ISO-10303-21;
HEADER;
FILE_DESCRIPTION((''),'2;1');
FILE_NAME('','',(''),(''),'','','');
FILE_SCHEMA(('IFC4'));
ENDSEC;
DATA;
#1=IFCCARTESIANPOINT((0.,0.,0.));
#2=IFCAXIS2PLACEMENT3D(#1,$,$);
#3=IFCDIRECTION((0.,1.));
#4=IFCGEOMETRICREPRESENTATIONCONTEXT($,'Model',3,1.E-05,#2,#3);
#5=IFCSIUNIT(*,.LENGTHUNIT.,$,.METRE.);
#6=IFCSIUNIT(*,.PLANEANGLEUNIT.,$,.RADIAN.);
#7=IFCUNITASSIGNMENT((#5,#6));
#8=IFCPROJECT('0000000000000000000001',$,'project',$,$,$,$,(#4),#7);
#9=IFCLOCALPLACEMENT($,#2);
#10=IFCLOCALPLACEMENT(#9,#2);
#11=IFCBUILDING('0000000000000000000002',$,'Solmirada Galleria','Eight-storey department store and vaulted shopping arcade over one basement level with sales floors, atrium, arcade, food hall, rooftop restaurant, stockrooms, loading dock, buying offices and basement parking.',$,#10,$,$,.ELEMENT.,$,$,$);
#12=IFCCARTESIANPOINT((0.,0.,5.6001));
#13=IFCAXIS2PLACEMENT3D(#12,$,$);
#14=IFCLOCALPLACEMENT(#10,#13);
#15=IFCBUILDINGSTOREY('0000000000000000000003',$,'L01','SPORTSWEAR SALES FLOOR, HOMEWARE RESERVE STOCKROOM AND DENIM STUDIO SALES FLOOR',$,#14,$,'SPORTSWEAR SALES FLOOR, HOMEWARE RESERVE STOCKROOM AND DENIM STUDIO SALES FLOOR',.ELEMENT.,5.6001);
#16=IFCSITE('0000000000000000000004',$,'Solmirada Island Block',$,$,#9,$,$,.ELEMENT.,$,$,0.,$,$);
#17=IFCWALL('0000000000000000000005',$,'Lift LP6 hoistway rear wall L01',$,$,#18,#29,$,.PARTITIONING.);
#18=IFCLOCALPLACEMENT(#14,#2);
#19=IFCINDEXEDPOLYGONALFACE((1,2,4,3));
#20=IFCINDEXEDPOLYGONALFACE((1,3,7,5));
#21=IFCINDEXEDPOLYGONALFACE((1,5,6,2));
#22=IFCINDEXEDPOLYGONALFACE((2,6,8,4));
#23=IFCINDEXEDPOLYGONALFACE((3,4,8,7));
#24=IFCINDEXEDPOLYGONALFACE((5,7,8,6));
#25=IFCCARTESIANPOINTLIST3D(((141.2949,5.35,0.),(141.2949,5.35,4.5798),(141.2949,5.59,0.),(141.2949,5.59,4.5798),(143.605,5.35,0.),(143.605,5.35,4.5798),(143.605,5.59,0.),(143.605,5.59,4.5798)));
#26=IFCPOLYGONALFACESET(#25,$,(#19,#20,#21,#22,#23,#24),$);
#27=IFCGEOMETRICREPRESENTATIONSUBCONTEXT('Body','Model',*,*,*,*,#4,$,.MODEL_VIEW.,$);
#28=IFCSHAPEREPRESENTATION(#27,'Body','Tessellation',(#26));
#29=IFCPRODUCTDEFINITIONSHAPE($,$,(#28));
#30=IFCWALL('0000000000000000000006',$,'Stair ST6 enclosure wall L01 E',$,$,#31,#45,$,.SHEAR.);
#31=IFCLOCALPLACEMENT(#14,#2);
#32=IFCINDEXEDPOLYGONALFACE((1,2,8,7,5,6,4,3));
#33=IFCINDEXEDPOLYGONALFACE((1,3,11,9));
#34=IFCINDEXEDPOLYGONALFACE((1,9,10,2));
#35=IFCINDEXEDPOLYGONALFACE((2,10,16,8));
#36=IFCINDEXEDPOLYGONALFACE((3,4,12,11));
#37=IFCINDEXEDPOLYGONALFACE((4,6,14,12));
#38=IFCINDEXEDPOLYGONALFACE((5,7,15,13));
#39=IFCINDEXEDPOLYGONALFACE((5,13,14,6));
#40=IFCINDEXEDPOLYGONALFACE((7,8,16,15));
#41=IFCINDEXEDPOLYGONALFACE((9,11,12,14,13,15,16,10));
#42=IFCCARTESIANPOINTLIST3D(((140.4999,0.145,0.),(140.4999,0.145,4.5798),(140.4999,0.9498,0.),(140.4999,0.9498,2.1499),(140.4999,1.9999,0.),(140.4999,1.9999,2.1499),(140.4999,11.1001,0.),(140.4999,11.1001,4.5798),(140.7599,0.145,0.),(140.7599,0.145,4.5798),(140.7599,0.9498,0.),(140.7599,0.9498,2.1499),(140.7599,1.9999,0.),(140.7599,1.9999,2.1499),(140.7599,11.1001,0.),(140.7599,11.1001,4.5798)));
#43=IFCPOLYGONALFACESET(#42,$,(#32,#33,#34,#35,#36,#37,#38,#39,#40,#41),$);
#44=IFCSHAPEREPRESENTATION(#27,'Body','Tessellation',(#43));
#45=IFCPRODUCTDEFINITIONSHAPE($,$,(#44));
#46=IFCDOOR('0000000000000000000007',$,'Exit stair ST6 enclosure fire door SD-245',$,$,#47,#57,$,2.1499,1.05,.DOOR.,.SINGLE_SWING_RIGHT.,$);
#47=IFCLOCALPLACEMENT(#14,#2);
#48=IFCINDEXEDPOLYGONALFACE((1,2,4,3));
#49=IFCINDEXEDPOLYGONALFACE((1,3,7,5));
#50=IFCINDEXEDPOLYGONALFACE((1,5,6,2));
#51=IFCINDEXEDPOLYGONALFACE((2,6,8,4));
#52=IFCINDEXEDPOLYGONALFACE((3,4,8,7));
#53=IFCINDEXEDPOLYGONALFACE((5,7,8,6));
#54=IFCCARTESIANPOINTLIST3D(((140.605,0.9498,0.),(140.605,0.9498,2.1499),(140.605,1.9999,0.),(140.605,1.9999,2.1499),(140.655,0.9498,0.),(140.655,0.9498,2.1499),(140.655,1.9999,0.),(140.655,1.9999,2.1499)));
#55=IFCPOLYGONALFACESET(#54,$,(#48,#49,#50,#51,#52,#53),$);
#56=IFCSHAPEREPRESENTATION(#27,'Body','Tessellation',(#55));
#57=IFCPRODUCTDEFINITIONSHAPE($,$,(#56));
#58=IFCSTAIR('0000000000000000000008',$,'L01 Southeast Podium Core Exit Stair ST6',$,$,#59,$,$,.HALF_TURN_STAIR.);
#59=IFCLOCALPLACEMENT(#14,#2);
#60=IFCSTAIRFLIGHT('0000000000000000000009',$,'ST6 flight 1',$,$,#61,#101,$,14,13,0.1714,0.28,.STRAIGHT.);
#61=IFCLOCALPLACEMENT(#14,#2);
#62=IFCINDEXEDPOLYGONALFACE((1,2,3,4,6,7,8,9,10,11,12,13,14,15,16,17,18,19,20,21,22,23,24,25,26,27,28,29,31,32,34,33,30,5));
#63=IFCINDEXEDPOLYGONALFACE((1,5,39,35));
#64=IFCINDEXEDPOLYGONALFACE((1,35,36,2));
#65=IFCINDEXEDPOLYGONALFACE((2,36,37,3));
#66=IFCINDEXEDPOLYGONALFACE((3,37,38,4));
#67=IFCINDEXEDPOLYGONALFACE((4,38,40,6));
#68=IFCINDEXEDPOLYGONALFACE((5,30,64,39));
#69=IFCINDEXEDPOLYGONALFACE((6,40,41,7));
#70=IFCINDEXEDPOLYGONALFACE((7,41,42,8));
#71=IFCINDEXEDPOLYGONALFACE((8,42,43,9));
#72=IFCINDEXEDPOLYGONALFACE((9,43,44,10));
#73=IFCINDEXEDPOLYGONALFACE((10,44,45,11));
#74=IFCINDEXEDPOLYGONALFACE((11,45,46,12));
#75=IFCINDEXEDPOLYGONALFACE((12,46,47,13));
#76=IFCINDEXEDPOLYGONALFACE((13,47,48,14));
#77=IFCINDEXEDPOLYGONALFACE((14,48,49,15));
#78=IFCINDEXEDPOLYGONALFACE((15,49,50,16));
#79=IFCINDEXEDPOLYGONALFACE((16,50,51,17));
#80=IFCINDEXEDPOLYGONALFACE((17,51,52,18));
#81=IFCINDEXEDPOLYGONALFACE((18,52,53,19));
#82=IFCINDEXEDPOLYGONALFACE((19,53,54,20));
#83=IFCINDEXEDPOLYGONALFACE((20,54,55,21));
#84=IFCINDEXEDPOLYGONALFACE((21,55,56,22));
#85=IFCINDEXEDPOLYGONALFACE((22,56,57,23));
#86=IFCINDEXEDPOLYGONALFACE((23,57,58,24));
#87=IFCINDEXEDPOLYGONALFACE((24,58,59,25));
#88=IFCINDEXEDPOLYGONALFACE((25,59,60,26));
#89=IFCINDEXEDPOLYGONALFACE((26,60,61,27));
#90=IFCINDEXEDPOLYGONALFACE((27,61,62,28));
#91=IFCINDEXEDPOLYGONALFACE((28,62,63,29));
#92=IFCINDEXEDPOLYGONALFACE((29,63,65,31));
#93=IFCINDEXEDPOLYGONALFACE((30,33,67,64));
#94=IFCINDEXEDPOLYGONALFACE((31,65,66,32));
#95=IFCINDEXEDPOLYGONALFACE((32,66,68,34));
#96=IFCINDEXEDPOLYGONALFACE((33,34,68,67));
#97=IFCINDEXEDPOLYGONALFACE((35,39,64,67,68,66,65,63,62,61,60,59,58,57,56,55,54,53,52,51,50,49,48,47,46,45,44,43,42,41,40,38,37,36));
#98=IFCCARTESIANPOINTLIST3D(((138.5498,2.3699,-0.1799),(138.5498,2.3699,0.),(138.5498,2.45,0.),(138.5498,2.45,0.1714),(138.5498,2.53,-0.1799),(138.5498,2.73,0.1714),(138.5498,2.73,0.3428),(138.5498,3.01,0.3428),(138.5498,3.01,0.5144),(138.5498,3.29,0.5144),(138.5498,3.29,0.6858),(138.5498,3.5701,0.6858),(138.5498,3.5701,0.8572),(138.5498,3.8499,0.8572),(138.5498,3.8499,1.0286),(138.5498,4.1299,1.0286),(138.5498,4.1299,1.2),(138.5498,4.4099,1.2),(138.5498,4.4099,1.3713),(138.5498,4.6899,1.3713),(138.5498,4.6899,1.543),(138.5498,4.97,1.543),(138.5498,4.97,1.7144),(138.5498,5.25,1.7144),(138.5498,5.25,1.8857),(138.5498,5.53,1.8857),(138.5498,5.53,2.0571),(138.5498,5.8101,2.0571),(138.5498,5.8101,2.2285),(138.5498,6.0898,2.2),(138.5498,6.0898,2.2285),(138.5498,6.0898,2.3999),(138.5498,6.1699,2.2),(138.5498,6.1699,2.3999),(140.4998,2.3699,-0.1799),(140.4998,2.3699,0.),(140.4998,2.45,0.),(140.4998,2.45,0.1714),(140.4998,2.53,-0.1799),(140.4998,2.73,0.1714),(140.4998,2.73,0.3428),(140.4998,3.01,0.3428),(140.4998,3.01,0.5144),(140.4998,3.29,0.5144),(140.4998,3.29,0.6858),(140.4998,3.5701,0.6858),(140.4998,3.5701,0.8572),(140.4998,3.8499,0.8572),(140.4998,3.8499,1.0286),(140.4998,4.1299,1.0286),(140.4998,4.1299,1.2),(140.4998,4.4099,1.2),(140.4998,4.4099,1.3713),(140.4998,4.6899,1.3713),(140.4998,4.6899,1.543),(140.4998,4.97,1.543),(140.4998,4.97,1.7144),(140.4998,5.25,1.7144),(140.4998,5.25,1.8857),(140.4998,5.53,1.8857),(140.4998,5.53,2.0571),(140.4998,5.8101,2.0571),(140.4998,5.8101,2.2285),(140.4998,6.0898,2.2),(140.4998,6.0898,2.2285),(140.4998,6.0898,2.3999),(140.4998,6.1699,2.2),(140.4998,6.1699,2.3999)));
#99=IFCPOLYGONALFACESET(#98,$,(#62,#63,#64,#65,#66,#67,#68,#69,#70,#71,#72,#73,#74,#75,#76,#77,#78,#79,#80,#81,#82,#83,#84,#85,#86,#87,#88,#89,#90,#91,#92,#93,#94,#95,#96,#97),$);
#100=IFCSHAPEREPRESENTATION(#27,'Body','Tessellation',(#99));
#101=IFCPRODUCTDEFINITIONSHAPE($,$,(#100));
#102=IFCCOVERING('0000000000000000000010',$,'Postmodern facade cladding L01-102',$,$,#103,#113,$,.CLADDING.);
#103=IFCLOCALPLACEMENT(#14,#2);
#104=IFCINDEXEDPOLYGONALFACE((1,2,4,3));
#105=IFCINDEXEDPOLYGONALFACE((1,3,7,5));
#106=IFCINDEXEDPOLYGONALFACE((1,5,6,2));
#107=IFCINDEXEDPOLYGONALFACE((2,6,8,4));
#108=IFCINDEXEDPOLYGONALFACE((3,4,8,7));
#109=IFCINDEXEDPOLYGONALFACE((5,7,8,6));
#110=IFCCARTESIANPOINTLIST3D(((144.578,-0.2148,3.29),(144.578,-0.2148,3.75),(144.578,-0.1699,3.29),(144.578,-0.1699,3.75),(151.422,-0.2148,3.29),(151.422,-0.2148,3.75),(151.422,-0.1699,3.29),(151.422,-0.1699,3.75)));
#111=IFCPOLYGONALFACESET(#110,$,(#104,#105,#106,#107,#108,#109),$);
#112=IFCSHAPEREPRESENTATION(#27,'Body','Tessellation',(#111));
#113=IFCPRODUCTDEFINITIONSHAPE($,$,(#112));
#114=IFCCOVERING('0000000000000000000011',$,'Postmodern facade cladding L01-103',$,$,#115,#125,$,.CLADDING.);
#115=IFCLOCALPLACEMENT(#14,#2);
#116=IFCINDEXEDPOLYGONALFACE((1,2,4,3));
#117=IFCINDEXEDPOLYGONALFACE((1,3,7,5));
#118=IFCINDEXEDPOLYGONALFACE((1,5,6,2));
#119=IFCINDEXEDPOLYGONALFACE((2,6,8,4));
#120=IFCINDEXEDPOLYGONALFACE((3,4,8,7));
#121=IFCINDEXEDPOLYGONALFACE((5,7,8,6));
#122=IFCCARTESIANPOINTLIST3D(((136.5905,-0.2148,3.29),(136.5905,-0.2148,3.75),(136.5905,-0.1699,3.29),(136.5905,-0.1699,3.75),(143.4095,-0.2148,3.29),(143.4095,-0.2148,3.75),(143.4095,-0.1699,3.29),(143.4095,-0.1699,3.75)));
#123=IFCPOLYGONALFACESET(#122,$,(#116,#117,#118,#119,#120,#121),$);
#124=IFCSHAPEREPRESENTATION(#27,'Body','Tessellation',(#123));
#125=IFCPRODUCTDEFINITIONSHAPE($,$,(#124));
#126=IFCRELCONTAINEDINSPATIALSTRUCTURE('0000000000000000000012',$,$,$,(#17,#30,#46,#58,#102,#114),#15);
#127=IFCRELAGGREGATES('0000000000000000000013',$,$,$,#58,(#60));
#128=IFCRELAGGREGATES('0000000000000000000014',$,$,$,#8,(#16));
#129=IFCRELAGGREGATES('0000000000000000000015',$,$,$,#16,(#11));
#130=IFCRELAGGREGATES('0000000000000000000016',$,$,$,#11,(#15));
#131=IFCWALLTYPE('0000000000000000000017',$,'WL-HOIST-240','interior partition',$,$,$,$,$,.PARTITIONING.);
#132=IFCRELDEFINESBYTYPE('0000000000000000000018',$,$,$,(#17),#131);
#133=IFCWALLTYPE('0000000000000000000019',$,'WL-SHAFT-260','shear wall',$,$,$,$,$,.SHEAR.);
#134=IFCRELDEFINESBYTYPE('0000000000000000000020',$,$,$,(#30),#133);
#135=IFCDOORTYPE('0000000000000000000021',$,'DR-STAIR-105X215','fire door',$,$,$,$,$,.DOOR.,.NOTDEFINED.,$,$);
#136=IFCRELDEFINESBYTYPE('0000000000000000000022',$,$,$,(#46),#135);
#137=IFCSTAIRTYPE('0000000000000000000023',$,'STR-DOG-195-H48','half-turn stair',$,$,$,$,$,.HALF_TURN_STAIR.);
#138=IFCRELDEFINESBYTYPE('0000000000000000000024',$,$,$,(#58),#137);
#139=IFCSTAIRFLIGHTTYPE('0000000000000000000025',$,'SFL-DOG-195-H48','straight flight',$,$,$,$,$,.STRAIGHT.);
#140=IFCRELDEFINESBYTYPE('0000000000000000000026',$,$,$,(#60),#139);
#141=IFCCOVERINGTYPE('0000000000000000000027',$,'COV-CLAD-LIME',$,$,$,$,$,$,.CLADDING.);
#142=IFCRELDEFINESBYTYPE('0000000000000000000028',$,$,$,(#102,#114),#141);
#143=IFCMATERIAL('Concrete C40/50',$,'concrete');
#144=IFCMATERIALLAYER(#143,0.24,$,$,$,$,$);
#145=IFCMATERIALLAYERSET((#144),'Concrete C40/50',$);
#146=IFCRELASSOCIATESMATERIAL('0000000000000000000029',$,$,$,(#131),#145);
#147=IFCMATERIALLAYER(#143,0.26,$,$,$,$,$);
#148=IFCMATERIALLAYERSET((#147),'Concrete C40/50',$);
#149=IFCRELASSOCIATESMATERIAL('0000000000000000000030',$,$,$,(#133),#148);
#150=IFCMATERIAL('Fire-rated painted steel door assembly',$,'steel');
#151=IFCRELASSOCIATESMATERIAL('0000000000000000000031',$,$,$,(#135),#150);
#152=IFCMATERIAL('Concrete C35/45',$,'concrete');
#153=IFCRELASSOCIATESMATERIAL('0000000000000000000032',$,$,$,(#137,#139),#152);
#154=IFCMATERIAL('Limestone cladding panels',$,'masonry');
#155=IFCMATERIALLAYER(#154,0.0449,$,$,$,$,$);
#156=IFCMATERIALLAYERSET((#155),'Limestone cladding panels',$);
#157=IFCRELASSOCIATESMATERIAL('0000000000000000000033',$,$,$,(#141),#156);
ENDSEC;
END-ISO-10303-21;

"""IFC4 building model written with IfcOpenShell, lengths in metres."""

from ifc_helpers import new_model, si_unit, direction, frame, frame_2d, origin, origin_2d, place, context, subcontext, project, spatial, polyline, rectangle, outline, extrude, material, layer, layer_set, type_object, element, fill, aggregate, save


model = new_model("IFC4")

# Units and contexts
model_context = context("Model", 3, precision=1e-05, world=origin(), true_north=direction((0.0, 1.0)))
body_context = subcontext(model_context, "Body", "Model", "MODEL_VIEW")
ifc_project = project(units=[si_unit("LENGTHUNIT", "METRE"), si_unit("PLANEANGLEUNIT", "RADIAN")], contexts=[model_context])

# Site, building, storey
site_placement = place(None, origin())
site = spatial("IfcSite", under=ifc_project, at=site_placement, Name="Solmirada Island Block", CompositionType="ELEMENT", RefElevation=0.0)
building_placement = place(site_placement, origin())
building = spatial("IfcBuilding", under=site, at=building_placement, Name="Solmirada Galleria", Description="Eight-storey department store and vaulted shopping arcade over one basement level with sales floors, atrium, arcade, food hall, rooftop restaurant, stockrooms, loading dock, buying offices and basement parking.", CompositionType="ELEMENT")
storey_placement = place(building_placement, frame((0.0, 0.0, 5.6001)))
storey = spatial("IfcBuildingStorey", under=building, at=storey_placement, Name="L01", Description="SPORTSWEAR SALES FLOOR, HOMEWARE RESERVE STOCKROOM AND DENIM STUDIO SALES FLOOR", LongName="SPORTSWEAR SALES FLOOR, HOMEWARE RESERVE STOCKROOM AND DENIM STUDIO SALES FLOOR", CompositionType="ELEMENT", Elevation=5.6001)

# Shared definitions
ifc_material_1 = material(Name="Concrete C40/50", Category="concrete")
ifc_material_2 = material(Name="Fire-rated painted steel door assembly", Category="steel")

# Wall
ifc_layer_1 = layer(ifc_material_1, 0.24)
ifc_layer_set_1 = layer_set([ifc_layer_1], Name="Concrete C40/50")
wall_type_1 = type_object("IfcWallType", Name="WL-HOIST-240", Description="interior partition", PredefinedType="PARTITIONING", material=ifc_layer_set_1)
wall_1_placement = place(storey_placement, frame((141.2949, 5.47, 0.0), z_axis=(0.0, 0.0, 1.0), x_axis=(1.0, 0.0, 0.0)))
element("IfcWall", 1, at=wall_1_placement, inside=storey, type_object=wall_type_1, Name="Lift LP6 hoistway rear wall L01", PredefinedType="PARTITIONING", context=body_context, shape_type="SweptSolid", body=[
    extrude(rectangle(XDim=2.3101, YDim=0.24, at=frame_2d((1.155, 0.0))), origin(), (0.0, 0.0, 1.0), 4.5798),
])

# Wall, opening, door
ifc_layer_2 = layer(ifc_material_1, 0.26)
ifc_layer_set_2 = layer_set([ifc_layer_2], Name="Concrete C40/50")
wall_type_2 = type_object("IfcWallType", Name="WL-SHAFT-260", Description="shear wall", PredefinedType="SHEAR", material=ifc_layer_set_2)
wall_2_placement = place(storey_placement, frame((140.6299, 0.145, 0.0), z_axis=(0.0, 0.0, 1.0), x_axis=(0.0, 1.0, 0.0)))
wall_2 = element("IfcWall", 2, at=wall_2_placement, inside=storey, type_object=wall_type_2, Name="Stair ST6 enclosure wall L01 E", PredefinedType="SHEAR", context=body_context, shape_type="SweptSolid", body=[
    extrude(rectangle(XDim=10.9551, YDim=0.26, at=frame_2d((5.4775, 0.0))), origin(), (0.0, 0.0, 1.0), 4.5798),
])
opening_1_placement = place(wall_2_placement, frame((0.8049, 0.0, 0.0)))
opening_1 = element("IfcOpeningElement", 3, at=opening_1_placement, cuts=wall_2, PredefinedType="OPENING", context=body_context, shape_type="SweptSolid", body=[
    extrude(rectangle(XDim=1.05, YDim=2.1499, at=frame_2d((0.5249, 1.075))), frame((0.0, 0.1399, 0.0), z_axis=(0.0, -1.0, 0.0), x_axis=(1.0, 0.0, 0.0)), (0.0, 0.0, 1.0), 0.28),
])
door_type_1 = type_object("IfcDoorType", Name="DR-STAIR-105X215", Description="fire door", OperationType="NOTDEFINED", PredefinedType="DOOR", material=ifc_material_2)
door_1_placement = place(opening_1_placement, origin())
door_1 = element("IfcDoor", 4, at=door_1_placement, inside=storey, type_object=door_type_1, Name="Exit stair ST6 enclosure fire door SD-245", OperationType="SINGLE_SWING_RIGHT", OverallHeight=2.1499, OverallWidth=1.05, PredefinedType="DOOR", context=body_context, shape_type="SweptSolid", body=[
    extrude(rectangle(XDim=1.05, YDim=2.1499, at=frame_2d((0.5249, 1.075))), frame((0.0, 0.0249, 0.0), z_axis=(0.0, -1.0, 0.0), x_axis=(1.0, 0.0, 0.0)), (0.0, 0.0, 1.0), 0.05),
])
fill(opening_1, door_1)

# Stair, stair flight
ifc_material_3 = material(Name="Concrete C35/45", Category="concrete")
stair_type = type_object("IfcStairType", Name="STR-DOG-195-H48", Description="half-turn stair", PredefinedType="HALF_TURN_STAIR", material=ifc_material_3)
stair_placement = place(storey_placement, origin())
stair = element("IfcStair", 5, at=stair_placement, inside=storey, type_object=stair_type, Name="L01 Southeast Podium Core Exit Stair ST6", PredefinedType="HALF_TURN_STAIR")
stair_flight_type = type_object("IfcStairFlightType", Name="SFL-DOG-195-H48", Description="straight flight", PredefinedType="STRAIGHT", material=ifc_material_3)
stair_flight_placement = place(storey_placement, frame((139.5249, 2.45, 0.0), z_axis=(0.0, 0.0, 1.0), x_axis=(0.0, 1.0, 0.0)))
stair_flight = element("IfcStairFlight", 6, at=stair_flight_placement, type_object=stair_flight_type, Name="ST6 flight 1", NumberOfRisers=14, NumberOfTreads=13, PredefinedType="STRAIGHT", RiserHeight=0.1714, TreadLength=0.28, context=body_context, shape_type="SweptSolid", body=[
    extrude(outline(polyline([(-0.0801, 0.0), (0.0, 0.0), (0.0, 0.1714), (0.28, 0.1714), (0.28, 0.3428), (0.5601, 0.3428), (0.5601, 0.5144), (0.8401, 0.5144), (0.8401, 0.6858), (1.1201, 0.6858), (1.1201, 0.8572), (1.3999, 0.8572), (1.3999, 1.0286), (1.6799, 1.0286), (1.6799, 1.2), (1.96, 1.2), (1.96, 1.3713), (2.24, 1.3713), (2.24, 1.543), (2.52, 1.543), (2.52, 1.7144), (2.8, 1.7144), (2.8, 1.8857), (3.0801, 1.8857), (3.0801, 2.0571), (3.3601, 2.0571), (3.3601, 2.2285), (3.6399, 2.2285), (3.6399, 2.3999), (3.72, 2.3999), (3.72, 2.2), (3.6399, 2.2), (0.0801, -0.1799), (-0.0801, -0.1799), (-0.0801, 0.0)])), frame((0.0, 0.9751, 0.0), z_axis=(0.0, -1.0, 0.0), x_axis=(1.0, 0.0, 0.0)), (0.0, 0.0, 1.0), 1.95),
])
aggregate(stair, [stair_flight])

# Coverings
ifc_material_4 = material(Name="Limestone cladding panels", Category="masonry")
ifc_layer_3 = layer(ifc_material_4, 0.0449)
ifc_layer_set_3 = layer_set([ifc_layer_3], Name="Limestone cladding panels")
covering_type = type_object("IfcCoveringType", Name="COV-CLAD-LIME", PredefinedType="CLADDING", material=ifc_layer_set_3)
covering_1_placement = place(storey_placement, frame((148.0, -0.1924, 3.29), z_axis=(0.0, 0.0, 1.0), x_axis=(-1.0, 0.0, 0.0)))
element("IfcCovering", 7, at=covering_1_placement, inside=storey, type_object=covering_type, Name="Postmodern facade cladding L01-102", PredefinedType="CLADDING", context=body_context, shape_type="SweptSolid", body=[
    extrude(rectangle(XDim=6.844, YDim=0.0449, at=origin_2d()), origin(), (0.0, 0.0, 1.0), 0.46),
])
covering_2_placement = place(storey_placement, frame((140.0, -0.1924, 3.29), z_axis=(0.0, 0.0, 1.0), x_axis=(-1.0, 0.0, 0.0)))
element("IfcCovering", 8, at=covering_2_placement, inside=storey, type_object=covering_type, Name="Postmodern facade cladding L01-103", PredefinedType="CLADDING", context=body_context, shape_type="SweptSolid", body=[
    extrude(rectangle(XDim=6.8191, YDim=0.0449, at=origin_2d()), origin(), (0.0, 0.0, 1.0), 0.46),
])

save(model, "model.ifc")
